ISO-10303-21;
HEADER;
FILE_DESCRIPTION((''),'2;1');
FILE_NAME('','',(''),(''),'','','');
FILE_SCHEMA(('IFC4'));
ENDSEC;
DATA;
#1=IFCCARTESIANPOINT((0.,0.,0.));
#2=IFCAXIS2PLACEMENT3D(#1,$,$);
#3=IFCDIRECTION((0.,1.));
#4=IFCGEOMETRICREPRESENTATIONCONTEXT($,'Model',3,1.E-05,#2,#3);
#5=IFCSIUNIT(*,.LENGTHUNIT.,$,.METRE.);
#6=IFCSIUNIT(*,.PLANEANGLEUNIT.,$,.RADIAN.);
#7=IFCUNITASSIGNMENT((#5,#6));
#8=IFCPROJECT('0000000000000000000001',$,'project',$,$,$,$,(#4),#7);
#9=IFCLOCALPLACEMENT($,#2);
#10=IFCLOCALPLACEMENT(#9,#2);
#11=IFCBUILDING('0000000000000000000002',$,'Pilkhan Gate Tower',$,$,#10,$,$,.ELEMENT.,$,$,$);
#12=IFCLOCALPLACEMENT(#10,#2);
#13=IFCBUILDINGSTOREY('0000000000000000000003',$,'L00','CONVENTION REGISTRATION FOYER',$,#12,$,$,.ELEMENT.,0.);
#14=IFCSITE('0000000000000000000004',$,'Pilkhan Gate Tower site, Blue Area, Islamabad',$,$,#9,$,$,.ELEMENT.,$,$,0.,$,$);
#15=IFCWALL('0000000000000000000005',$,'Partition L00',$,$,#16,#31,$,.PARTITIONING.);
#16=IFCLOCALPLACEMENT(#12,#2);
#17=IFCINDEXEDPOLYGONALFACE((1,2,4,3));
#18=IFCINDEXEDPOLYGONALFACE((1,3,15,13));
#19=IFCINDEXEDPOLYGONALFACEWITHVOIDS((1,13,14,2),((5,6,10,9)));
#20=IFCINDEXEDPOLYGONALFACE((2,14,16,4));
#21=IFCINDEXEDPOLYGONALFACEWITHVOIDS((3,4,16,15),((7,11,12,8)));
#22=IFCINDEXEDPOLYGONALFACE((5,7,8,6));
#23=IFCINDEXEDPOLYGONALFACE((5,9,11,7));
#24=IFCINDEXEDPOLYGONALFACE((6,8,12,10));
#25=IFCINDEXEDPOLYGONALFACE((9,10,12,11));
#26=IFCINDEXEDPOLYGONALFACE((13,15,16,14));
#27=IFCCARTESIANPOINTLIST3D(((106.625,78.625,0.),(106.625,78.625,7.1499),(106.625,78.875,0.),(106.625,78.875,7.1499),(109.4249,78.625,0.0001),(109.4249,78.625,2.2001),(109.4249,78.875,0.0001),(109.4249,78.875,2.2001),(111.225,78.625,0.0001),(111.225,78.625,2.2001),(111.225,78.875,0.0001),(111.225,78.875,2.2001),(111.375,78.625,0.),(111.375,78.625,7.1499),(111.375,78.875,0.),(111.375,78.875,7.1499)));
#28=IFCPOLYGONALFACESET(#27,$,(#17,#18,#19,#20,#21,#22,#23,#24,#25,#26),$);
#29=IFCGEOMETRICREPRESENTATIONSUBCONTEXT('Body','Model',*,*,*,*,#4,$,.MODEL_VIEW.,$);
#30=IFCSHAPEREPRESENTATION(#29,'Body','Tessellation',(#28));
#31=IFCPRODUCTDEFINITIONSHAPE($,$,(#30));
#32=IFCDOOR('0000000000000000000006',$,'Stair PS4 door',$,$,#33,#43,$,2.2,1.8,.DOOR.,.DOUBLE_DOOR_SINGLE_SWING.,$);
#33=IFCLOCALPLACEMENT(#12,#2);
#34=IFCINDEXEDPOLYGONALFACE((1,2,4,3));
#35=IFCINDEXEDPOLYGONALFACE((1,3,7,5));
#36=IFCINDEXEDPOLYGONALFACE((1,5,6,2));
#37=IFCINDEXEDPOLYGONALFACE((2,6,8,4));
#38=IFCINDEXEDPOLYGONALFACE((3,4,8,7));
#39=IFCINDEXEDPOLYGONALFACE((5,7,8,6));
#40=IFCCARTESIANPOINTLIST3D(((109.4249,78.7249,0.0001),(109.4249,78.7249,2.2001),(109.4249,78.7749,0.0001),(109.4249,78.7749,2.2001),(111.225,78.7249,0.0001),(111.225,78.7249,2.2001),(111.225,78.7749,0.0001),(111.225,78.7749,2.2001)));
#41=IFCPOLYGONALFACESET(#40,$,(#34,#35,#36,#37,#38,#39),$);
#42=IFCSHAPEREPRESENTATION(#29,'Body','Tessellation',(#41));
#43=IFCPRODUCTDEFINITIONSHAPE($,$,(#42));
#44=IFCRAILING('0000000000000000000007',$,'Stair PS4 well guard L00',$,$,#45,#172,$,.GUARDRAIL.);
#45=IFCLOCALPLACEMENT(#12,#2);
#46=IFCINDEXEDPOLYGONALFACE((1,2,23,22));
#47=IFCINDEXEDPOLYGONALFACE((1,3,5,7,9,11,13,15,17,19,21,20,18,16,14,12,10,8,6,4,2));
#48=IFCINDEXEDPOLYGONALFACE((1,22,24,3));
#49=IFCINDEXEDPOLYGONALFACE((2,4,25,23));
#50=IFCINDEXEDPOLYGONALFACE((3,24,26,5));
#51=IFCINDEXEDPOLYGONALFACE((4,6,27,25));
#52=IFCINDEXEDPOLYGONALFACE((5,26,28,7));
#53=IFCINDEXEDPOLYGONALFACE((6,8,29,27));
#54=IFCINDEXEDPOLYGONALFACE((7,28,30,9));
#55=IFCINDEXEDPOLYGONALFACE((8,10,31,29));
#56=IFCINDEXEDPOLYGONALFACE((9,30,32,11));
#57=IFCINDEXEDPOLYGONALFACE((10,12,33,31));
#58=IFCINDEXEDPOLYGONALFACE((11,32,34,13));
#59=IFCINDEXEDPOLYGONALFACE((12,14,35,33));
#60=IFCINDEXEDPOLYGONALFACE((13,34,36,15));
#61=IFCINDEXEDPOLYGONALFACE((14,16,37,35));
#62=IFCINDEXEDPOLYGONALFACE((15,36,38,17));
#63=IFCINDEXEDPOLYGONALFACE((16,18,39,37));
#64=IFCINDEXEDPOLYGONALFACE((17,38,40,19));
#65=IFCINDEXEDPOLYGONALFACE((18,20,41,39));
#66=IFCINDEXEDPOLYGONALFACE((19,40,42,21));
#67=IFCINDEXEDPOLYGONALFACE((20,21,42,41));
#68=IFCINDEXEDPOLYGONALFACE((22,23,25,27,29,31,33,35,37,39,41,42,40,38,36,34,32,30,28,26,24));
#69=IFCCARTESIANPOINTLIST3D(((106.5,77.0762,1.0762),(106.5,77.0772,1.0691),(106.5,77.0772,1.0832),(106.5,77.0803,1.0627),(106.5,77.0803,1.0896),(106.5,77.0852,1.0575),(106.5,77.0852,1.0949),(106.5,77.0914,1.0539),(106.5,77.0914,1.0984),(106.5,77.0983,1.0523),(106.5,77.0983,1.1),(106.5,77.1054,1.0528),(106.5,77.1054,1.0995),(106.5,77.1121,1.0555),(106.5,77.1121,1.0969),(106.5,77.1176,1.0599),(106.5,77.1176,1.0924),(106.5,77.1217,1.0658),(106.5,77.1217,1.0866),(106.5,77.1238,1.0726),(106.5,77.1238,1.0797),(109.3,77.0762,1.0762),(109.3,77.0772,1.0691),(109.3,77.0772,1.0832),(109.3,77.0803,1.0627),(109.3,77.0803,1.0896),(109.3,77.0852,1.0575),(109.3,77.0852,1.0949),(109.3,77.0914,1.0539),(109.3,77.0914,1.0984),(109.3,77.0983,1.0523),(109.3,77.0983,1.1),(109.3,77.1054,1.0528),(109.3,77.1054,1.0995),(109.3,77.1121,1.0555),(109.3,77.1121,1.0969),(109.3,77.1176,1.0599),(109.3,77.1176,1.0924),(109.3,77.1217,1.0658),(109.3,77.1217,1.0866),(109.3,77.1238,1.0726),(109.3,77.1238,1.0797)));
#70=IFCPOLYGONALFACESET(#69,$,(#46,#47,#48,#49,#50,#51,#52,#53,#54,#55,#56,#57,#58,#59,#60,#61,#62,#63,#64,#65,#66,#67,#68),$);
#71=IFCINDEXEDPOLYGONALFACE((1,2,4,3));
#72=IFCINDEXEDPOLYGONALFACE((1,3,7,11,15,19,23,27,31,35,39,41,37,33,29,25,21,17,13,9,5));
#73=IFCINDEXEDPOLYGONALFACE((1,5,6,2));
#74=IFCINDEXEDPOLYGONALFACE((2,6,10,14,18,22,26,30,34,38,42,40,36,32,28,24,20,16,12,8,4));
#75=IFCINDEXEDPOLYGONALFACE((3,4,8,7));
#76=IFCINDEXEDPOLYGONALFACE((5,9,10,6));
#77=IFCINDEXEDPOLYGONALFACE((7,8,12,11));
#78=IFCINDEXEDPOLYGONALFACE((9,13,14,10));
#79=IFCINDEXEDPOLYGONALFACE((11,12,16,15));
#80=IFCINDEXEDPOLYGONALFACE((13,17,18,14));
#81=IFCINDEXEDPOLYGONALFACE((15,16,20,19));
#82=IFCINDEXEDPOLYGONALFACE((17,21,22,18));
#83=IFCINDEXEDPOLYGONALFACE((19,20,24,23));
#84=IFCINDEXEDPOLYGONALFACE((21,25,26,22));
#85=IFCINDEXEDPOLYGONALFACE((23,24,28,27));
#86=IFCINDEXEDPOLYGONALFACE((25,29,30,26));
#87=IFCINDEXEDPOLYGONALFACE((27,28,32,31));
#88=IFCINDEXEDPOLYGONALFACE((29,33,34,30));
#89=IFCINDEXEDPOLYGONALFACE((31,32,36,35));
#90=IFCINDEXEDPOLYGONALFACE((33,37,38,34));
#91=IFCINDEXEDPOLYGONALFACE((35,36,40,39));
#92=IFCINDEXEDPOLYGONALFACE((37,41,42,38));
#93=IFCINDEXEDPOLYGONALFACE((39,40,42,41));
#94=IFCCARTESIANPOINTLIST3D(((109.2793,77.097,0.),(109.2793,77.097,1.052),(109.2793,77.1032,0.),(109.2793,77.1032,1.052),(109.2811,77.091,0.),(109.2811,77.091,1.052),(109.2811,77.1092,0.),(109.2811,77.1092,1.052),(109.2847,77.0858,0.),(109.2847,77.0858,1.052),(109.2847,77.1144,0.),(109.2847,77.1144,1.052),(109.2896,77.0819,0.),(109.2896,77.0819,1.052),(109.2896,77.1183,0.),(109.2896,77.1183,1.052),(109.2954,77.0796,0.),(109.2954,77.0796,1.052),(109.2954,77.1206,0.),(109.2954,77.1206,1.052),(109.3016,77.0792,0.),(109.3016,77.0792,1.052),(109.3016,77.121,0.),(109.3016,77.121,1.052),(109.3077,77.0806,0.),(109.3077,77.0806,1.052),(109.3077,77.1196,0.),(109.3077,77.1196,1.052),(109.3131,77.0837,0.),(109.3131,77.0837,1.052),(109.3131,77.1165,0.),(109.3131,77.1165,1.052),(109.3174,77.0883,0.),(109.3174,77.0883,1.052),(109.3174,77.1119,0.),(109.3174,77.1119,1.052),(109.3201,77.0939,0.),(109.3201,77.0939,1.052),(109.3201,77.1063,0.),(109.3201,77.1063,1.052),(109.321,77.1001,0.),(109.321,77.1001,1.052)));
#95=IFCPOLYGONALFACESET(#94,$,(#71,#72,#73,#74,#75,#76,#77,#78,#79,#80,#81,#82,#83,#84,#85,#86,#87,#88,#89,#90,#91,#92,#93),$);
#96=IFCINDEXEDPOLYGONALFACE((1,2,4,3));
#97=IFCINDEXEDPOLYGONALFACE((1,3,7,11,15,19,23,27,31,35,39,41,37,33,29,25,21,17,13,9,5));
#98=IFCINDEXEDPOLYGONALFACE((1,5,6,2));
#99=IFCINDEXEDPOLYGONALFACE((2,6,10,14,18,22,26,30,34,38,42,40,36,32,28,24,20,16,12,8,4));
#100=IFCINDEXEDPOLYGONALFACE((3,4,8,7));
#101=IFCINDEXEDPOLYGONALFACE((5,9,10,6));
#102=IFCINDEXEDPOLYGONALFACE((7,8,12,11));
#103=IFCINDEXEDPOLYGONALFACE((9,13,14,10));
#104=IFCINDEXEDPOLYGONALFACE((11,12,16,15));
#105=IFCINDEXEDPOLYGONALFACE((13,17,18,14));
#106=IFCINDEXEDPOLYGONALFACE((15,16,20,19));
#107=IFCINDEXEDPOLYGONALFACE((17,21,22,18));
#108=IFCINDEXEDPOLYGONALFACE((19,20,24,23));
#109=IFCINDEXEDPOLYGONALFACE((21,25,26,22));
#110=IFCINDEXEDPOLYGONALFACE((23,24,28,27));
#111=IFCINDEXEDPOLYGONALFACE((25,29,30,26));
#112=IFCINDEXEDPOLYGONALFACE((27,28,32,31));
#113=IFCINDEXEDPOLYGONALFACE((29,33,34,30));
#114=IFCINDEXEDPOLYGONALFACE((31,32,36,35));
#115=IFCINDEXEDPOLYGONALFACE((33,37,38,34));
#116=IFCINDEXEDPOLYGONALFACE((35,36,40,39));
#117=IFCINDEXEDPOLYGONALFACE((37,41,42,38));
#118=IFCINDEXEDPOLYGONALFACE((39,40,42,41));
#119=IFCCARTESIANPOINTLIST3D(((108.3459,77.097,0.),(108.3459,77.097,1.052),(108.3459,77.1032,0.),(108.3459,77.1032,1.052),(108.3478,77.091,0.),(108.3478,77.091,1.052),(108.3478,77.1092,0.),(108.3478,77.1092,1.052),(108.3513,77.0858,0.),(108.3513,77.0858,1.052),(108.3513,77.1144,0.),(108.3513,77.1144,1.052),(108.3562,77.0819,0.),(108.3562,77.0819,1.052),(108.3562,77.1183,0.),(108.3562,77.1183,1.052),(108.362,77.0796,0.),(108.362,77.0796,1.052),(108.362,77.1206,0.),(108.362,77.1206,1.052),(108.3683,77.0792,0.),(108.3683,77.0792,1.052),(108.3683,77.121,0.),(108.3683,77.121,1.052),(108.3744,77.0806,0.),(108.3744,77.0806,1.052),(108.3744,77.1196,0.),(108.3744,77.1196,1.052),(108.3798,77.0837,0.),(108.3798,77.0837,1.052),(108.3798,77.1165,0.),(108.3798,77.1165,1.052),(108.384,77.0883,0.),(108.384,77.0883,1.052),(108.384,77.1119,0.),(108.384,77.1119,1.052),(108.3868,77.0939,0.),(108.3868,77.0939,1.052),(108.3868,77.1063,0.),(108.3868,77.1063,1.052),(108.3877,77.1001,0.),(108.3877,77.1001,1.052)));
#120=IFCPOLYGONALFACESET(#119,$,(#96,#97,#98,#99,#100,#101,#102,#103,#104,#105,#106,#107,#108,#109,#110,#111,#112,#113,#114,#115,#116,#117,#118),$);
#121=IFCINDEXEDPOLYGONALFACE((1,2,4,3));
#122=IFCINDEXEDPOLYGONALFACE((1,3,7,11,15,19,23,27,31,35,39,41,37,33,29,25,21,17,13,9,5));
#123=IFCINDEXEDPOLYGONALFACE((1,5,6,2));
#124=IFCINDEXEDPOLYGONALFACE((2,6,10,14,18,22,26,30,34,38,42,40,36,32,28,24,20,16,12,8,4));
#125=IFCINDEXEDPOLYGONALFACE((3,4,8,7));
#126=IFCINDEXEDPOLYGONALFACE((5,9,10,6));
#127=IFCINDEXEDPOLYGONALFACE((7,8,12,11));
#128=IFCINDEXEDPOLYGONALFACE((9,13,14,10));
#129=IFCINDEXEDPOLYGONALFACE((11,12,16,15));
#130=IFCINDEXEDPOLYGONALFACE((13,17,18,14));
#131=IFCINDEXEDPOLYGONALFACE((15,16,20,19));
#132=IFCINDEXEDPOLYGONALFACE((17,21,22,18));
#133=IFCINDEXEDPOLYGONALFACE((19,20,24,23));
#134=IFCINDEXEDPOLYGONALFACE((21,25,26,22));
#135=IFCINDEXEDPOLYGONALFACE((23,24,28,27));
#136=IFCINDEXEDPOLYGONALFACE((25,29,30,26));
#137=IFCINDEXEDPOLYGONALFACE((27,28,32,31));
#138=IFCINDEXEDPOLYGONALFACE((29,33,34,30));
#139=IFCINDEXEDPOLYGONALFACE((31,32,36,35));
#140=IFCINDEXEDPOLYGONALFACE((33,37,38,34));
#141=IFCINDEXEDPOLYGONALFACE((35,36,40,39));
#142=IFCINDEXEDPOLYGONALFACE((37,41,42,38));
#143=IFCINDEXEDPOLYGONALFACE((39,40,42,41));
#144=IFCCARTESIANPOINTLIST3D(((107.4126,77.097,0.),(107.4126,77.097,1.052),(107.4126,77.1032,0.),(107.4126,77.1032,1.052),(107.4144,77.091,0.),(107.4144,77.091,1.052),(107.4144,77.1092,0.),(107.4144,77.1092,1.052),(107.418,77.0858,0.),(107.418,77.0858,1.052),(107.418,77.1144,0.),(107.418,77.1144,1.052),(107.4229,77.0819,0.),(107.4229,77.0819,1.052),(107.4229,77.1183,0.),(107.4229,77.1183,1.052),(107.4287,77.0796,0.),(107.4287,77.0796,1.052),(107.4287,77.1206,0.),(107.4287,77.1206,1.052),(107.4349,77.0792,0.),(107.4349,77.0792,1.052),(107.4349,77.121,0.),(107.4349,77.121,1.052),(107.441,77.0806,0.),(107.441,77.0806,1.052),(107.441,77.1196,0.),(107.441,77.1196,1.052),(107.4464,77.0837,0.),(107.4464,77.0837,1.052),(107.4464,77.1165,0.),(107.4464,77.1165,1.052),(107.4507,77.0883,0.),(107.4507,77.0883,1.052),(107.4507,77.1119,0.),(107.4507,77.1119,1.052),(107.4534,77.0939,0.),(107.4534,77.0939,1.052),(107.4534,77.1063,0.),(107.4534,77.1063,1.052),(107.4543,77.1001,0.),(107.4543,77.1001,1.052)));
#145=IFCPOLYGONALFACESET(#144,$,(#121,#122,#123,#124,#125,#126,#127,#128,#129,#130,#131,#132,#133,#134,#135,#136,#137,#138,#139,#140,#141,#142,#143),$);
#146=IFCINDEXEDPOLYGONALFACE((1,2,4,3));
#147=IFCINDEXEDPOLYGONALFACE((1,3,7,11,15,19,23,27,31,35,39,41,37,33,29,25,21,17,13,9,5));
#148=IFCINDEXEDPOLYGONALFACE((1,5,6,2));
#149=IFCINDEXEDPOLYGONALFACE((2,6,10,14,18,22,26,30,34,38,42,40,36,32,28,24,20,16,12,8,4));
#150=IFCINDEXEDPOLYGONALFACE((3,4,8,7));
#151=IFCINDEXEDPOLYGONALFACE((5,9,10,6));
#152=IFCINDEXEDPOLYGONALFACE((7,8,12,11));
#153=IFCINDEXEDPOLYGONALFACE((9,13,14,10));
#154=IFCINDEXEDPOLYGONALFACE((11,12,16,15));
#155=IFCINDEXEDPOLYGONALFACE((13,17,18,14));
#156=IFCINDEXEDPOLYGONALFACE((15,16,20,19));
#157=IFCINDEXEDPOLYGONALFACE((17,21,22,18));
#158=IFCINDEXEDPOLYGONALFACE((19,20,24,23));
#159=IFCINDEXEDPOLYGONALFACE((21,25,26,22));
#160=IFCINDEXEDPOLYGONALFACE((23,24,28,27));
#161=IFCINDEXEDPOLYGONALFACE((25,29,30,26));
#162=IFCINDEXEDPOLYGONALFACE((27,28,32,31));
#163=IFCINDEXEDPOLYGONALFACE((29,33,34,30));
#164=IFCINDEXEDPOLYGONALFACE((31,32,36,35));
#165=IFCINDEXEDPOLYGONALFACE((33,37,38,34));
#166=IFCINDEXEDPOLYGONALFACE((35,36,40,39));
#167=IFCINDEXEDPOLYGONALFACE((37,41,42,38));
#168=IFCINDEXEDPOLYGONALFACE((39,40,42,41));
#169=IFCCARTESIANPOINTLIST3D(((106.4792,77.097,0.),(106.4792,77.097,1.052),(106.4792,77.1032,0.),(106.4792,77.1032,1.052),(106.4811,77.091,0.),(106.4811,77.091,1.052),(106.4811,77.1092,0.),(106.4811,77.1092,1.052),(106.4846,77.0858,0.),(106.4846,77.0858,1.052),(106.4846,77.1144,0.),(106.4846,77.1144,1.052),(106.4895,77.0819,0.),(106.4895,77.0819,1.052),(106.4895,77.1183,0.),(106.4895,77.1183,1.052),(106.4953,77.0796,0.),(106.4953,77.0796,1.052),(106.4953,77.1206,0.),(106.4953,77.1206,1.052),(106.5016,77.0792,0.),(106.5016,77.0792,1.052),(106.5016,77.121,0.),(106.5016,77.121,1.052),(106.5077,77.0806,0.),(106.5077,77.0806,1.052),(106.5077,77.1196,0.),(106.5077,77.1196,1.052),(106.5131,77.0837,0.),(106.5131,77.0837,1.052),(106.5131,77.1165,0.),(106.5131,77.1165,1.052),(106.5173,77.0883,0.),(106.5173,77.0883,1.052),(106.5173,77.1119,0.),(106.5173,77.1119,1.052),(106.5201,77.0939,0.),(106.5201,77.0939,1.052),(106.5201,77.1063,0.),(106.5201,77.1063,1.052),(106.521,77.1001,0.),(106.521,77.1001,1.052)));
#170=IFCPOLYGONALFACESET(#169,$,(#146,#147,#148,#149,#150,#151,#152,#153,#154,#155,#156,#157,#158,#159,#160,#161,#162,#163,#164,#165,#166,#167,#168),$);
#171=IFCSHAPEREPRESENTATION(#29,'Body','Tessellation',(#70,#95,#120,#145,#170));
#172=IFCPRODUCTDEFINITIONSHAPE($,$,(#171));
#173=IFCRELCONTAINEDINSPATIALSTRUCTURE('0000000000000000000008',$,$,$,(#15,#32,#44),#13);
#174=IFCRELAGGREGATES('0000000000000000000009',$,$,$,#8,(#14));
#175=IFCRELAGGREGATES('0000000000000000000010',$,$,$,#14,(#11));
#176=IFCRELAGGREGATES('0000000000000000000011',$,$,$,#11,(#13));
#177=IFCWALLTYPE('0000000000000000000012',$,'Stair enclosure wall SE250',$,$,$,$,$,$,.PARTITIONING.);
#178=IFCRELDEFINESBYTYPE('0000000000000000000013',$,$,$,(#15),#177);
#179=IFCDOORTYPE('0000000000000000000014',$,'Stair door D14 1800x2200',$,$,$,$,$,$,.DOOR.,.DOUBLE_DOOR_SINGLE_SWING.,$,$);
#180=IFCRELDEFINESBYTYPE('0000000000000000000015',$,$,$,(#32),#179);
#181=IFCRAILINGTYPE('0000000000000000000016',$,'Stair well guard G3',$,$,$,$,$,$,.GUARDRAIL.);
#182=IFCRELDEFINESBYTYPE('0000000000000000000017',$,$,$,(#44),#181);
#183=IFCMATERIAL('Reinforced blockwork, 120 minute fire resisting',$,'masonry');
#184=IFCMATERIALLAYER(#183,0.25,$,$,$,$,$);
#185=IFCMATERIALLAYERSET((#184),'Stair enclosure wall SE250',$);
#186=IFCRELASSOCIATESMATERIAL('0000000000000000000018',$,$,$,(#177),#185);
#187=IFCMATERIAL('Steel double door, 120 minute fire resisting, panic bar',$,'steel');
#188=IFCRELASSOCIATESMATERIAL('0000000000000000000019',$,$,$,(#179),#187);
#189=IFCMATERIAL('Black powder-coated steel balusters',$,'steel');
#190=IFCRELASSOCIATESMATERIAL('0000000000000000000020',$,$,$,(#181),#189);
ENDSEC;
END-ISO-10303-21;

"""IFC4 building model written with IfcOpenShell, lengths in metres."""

from ifc_helpers import new_model, si_unit, direction, frame, frame_2d, origin, origin_2d, place, context, subcontext, project, spatial, rectangle, circle, extrude, material, layer, layer_set, type_object, element, fill, save


model = new_model("IFC4")

# Units and contexts
model_context = context("Model", 3, precision=1e-05, world=origin(), true_north=direction((0.0, 1.0)))
body_context = subcontext(model_context, "Body", "Model", "MODEL_VIEW")
ifc_project = project(units=[si_unit("LENGTHUNIT", "METRE"), si_unit("PLANEANGLEUNIT", "RADIAN")], contexts=[model_context])

# Site, building, storey
site_placement = place(None, origin())
site = spatial("IfcSite", under=ifc_project, at=site_placement, Name="Pilkhan Gate Tower site, Blue Area, Islamabad", CompositionType="ELEMENT", RefElevation=0.0)
building_placement = place(site_placement, origin())
building = spatial("IfcBuilding", under=site, at=building_placement, Name="Pilkhan Gate Tower", CompositionType="ELEMENT")
storey_placement = place(building_placement, origin())
storey = spatial("IfcBuildingStorey", under=building, at=storey_placement, Name="L00", Description="CONVENTION REGISTRATION FOYER", CompositionType="ELEMENT", Elevation=0.0)

# Wall, opening, door
ifc_material_1 = material(Name="Reinforced blockwork, 120 minute fire resisting", Category="masonry")
ifc_layer_1 = layer(ifc_material_1, 0.25)
ifc_layer_set_1 = layer_set([ifc_layer_1], Name="Stair enclosure wall SE250")
wall_type_1 = type_object("IfcWallType", Name="Stair enclosure wall SE250", PredefinedType="PARTITIONING", material=ifc_layer_set_1)
wall_1_placement = place(storey_placement, frame((106.625, 78.75, 0.0), z_axis=(0.0, 0.0, 1.0), x_axis=(1.0, 0.0, 0.0)))
wall_1 = element("IfcWall", 1, at=wall_1_placement, inside=storey, type_object=wall_type_1, Name="Partition L00", PredefinedType="PARTITIONING", context=body_context, shape_type="SweptSolid", body=[
    extrude(rectangle(XDim=4.75, YDim=0.25, at=frame_2d((2.375, 0.0))), origin(), (0.0, 0.0, 1.0), 7.1499),
])
opening_1_placement = place(wall_1_placement, frame((2.8, 0.0, 0.0)))
opening_1 = element("IfcOpeningElement", 2, at=opening_1_placement, cuts=wall_1, PredefinedType="OPENING", context=body_context, shape_type="SweptSolid", body=[
    extrude(rectangle(XDim=1.8, YDim=2.2, at=frame_2d((0.8999, 1.1001))), frame((0.0, 0.135, 0.0), z_axis=(0.0, -1.0, 0.0), x_axis=(1.0, 0.0, 0.0)), (0.0, 0.0, 1.0), 0.27),
])
ifc_material_2 = material(Name="Steel double door, 120 minute fire resisting, panic bar", Category="steel")
door_type_1 = type_object("IfcDoorType", Name="Stair door D14 1800x2200", OperationType="DOUBLE_DOOR_SINGLE_SWING", PredefinedType="DOOR", material=ifc_material_2)
door_1_placement = place(opening_1_placement, origin())
door_1 = element("IfcDoor", 3, at=door_1_placement, inside=storey, type_object=door_type_1, Name="Stair PS4 door", OperationType="DOUBLE_DOOR_SINGLE_SWING", OverallHeight=2.2, OverallWidth=1.8, PredefinedType="DOOR", context=body_context, shape_type="SweptSolid", body=[
    extrude(rectangle(XDim=1.8, YDim=2.2, at=frame_2d((0.8999, 1.1001))), frame((0.0, 0.0249, 0.0), z_axis=(0.0, -1.0, 0.0), x_axis=(1.0, 0.0, 0.0)), (0.0, 0.0, 1.0), 0.05),
])
fill(opening_1, door_1)

# Railing
ifc_material_3 = material(Name="Black powder-coated steel balusters", Category="steel")
railing_type = type_object("IfcRailingType", Name="Stair well guard G3", PredefinedType="GUARDRAIL", material=ifc_material_3)
railing_1_placement = place(storey_placement, frame((109.3, 77.1001, 0.0)))
element("IfcRailing", 4, at=railing_1_placement, inside=storey, type_object=railing_type, Name="Stair PS4 well guard L00", PredefinedType="GUARDRAIL", context=body_context, shape_type="SweptSolid", body=[
    extrude(circle(Radius=0.0239, at=origin_2d()), frame((0.0, 0.0, 1.0762), z_axis=(-1.0, 0.0, 0.0), x_axis=(0.0, -1.0, 0.0)), (0.0, 0.0, 1.0), 2.8),
    extrude(circle(Radius=0.021, at=origin_2d()), origin(), (0.0, 0.0, 1.0), 1.052),
    extrude(circle(Radius=0.021, at=origin_2d()), frame((-0.9333, 0.0, 0.0)), (0.0, 0.0, 1.0), 1.052),
    extrude(circle(Radius=0.021, at=origin_2d()), frame((-1.8667, 0.0, 0.0)), (0.0, 0.0, 1.0), 1.052),
    extrude(circle(Radius=0.021, at=origin_2d()), frame((-2.8, 0.0, 0.0)), (0.0, 0.0, 1.0), 1.052),
])

save(model, "model.ifc")
